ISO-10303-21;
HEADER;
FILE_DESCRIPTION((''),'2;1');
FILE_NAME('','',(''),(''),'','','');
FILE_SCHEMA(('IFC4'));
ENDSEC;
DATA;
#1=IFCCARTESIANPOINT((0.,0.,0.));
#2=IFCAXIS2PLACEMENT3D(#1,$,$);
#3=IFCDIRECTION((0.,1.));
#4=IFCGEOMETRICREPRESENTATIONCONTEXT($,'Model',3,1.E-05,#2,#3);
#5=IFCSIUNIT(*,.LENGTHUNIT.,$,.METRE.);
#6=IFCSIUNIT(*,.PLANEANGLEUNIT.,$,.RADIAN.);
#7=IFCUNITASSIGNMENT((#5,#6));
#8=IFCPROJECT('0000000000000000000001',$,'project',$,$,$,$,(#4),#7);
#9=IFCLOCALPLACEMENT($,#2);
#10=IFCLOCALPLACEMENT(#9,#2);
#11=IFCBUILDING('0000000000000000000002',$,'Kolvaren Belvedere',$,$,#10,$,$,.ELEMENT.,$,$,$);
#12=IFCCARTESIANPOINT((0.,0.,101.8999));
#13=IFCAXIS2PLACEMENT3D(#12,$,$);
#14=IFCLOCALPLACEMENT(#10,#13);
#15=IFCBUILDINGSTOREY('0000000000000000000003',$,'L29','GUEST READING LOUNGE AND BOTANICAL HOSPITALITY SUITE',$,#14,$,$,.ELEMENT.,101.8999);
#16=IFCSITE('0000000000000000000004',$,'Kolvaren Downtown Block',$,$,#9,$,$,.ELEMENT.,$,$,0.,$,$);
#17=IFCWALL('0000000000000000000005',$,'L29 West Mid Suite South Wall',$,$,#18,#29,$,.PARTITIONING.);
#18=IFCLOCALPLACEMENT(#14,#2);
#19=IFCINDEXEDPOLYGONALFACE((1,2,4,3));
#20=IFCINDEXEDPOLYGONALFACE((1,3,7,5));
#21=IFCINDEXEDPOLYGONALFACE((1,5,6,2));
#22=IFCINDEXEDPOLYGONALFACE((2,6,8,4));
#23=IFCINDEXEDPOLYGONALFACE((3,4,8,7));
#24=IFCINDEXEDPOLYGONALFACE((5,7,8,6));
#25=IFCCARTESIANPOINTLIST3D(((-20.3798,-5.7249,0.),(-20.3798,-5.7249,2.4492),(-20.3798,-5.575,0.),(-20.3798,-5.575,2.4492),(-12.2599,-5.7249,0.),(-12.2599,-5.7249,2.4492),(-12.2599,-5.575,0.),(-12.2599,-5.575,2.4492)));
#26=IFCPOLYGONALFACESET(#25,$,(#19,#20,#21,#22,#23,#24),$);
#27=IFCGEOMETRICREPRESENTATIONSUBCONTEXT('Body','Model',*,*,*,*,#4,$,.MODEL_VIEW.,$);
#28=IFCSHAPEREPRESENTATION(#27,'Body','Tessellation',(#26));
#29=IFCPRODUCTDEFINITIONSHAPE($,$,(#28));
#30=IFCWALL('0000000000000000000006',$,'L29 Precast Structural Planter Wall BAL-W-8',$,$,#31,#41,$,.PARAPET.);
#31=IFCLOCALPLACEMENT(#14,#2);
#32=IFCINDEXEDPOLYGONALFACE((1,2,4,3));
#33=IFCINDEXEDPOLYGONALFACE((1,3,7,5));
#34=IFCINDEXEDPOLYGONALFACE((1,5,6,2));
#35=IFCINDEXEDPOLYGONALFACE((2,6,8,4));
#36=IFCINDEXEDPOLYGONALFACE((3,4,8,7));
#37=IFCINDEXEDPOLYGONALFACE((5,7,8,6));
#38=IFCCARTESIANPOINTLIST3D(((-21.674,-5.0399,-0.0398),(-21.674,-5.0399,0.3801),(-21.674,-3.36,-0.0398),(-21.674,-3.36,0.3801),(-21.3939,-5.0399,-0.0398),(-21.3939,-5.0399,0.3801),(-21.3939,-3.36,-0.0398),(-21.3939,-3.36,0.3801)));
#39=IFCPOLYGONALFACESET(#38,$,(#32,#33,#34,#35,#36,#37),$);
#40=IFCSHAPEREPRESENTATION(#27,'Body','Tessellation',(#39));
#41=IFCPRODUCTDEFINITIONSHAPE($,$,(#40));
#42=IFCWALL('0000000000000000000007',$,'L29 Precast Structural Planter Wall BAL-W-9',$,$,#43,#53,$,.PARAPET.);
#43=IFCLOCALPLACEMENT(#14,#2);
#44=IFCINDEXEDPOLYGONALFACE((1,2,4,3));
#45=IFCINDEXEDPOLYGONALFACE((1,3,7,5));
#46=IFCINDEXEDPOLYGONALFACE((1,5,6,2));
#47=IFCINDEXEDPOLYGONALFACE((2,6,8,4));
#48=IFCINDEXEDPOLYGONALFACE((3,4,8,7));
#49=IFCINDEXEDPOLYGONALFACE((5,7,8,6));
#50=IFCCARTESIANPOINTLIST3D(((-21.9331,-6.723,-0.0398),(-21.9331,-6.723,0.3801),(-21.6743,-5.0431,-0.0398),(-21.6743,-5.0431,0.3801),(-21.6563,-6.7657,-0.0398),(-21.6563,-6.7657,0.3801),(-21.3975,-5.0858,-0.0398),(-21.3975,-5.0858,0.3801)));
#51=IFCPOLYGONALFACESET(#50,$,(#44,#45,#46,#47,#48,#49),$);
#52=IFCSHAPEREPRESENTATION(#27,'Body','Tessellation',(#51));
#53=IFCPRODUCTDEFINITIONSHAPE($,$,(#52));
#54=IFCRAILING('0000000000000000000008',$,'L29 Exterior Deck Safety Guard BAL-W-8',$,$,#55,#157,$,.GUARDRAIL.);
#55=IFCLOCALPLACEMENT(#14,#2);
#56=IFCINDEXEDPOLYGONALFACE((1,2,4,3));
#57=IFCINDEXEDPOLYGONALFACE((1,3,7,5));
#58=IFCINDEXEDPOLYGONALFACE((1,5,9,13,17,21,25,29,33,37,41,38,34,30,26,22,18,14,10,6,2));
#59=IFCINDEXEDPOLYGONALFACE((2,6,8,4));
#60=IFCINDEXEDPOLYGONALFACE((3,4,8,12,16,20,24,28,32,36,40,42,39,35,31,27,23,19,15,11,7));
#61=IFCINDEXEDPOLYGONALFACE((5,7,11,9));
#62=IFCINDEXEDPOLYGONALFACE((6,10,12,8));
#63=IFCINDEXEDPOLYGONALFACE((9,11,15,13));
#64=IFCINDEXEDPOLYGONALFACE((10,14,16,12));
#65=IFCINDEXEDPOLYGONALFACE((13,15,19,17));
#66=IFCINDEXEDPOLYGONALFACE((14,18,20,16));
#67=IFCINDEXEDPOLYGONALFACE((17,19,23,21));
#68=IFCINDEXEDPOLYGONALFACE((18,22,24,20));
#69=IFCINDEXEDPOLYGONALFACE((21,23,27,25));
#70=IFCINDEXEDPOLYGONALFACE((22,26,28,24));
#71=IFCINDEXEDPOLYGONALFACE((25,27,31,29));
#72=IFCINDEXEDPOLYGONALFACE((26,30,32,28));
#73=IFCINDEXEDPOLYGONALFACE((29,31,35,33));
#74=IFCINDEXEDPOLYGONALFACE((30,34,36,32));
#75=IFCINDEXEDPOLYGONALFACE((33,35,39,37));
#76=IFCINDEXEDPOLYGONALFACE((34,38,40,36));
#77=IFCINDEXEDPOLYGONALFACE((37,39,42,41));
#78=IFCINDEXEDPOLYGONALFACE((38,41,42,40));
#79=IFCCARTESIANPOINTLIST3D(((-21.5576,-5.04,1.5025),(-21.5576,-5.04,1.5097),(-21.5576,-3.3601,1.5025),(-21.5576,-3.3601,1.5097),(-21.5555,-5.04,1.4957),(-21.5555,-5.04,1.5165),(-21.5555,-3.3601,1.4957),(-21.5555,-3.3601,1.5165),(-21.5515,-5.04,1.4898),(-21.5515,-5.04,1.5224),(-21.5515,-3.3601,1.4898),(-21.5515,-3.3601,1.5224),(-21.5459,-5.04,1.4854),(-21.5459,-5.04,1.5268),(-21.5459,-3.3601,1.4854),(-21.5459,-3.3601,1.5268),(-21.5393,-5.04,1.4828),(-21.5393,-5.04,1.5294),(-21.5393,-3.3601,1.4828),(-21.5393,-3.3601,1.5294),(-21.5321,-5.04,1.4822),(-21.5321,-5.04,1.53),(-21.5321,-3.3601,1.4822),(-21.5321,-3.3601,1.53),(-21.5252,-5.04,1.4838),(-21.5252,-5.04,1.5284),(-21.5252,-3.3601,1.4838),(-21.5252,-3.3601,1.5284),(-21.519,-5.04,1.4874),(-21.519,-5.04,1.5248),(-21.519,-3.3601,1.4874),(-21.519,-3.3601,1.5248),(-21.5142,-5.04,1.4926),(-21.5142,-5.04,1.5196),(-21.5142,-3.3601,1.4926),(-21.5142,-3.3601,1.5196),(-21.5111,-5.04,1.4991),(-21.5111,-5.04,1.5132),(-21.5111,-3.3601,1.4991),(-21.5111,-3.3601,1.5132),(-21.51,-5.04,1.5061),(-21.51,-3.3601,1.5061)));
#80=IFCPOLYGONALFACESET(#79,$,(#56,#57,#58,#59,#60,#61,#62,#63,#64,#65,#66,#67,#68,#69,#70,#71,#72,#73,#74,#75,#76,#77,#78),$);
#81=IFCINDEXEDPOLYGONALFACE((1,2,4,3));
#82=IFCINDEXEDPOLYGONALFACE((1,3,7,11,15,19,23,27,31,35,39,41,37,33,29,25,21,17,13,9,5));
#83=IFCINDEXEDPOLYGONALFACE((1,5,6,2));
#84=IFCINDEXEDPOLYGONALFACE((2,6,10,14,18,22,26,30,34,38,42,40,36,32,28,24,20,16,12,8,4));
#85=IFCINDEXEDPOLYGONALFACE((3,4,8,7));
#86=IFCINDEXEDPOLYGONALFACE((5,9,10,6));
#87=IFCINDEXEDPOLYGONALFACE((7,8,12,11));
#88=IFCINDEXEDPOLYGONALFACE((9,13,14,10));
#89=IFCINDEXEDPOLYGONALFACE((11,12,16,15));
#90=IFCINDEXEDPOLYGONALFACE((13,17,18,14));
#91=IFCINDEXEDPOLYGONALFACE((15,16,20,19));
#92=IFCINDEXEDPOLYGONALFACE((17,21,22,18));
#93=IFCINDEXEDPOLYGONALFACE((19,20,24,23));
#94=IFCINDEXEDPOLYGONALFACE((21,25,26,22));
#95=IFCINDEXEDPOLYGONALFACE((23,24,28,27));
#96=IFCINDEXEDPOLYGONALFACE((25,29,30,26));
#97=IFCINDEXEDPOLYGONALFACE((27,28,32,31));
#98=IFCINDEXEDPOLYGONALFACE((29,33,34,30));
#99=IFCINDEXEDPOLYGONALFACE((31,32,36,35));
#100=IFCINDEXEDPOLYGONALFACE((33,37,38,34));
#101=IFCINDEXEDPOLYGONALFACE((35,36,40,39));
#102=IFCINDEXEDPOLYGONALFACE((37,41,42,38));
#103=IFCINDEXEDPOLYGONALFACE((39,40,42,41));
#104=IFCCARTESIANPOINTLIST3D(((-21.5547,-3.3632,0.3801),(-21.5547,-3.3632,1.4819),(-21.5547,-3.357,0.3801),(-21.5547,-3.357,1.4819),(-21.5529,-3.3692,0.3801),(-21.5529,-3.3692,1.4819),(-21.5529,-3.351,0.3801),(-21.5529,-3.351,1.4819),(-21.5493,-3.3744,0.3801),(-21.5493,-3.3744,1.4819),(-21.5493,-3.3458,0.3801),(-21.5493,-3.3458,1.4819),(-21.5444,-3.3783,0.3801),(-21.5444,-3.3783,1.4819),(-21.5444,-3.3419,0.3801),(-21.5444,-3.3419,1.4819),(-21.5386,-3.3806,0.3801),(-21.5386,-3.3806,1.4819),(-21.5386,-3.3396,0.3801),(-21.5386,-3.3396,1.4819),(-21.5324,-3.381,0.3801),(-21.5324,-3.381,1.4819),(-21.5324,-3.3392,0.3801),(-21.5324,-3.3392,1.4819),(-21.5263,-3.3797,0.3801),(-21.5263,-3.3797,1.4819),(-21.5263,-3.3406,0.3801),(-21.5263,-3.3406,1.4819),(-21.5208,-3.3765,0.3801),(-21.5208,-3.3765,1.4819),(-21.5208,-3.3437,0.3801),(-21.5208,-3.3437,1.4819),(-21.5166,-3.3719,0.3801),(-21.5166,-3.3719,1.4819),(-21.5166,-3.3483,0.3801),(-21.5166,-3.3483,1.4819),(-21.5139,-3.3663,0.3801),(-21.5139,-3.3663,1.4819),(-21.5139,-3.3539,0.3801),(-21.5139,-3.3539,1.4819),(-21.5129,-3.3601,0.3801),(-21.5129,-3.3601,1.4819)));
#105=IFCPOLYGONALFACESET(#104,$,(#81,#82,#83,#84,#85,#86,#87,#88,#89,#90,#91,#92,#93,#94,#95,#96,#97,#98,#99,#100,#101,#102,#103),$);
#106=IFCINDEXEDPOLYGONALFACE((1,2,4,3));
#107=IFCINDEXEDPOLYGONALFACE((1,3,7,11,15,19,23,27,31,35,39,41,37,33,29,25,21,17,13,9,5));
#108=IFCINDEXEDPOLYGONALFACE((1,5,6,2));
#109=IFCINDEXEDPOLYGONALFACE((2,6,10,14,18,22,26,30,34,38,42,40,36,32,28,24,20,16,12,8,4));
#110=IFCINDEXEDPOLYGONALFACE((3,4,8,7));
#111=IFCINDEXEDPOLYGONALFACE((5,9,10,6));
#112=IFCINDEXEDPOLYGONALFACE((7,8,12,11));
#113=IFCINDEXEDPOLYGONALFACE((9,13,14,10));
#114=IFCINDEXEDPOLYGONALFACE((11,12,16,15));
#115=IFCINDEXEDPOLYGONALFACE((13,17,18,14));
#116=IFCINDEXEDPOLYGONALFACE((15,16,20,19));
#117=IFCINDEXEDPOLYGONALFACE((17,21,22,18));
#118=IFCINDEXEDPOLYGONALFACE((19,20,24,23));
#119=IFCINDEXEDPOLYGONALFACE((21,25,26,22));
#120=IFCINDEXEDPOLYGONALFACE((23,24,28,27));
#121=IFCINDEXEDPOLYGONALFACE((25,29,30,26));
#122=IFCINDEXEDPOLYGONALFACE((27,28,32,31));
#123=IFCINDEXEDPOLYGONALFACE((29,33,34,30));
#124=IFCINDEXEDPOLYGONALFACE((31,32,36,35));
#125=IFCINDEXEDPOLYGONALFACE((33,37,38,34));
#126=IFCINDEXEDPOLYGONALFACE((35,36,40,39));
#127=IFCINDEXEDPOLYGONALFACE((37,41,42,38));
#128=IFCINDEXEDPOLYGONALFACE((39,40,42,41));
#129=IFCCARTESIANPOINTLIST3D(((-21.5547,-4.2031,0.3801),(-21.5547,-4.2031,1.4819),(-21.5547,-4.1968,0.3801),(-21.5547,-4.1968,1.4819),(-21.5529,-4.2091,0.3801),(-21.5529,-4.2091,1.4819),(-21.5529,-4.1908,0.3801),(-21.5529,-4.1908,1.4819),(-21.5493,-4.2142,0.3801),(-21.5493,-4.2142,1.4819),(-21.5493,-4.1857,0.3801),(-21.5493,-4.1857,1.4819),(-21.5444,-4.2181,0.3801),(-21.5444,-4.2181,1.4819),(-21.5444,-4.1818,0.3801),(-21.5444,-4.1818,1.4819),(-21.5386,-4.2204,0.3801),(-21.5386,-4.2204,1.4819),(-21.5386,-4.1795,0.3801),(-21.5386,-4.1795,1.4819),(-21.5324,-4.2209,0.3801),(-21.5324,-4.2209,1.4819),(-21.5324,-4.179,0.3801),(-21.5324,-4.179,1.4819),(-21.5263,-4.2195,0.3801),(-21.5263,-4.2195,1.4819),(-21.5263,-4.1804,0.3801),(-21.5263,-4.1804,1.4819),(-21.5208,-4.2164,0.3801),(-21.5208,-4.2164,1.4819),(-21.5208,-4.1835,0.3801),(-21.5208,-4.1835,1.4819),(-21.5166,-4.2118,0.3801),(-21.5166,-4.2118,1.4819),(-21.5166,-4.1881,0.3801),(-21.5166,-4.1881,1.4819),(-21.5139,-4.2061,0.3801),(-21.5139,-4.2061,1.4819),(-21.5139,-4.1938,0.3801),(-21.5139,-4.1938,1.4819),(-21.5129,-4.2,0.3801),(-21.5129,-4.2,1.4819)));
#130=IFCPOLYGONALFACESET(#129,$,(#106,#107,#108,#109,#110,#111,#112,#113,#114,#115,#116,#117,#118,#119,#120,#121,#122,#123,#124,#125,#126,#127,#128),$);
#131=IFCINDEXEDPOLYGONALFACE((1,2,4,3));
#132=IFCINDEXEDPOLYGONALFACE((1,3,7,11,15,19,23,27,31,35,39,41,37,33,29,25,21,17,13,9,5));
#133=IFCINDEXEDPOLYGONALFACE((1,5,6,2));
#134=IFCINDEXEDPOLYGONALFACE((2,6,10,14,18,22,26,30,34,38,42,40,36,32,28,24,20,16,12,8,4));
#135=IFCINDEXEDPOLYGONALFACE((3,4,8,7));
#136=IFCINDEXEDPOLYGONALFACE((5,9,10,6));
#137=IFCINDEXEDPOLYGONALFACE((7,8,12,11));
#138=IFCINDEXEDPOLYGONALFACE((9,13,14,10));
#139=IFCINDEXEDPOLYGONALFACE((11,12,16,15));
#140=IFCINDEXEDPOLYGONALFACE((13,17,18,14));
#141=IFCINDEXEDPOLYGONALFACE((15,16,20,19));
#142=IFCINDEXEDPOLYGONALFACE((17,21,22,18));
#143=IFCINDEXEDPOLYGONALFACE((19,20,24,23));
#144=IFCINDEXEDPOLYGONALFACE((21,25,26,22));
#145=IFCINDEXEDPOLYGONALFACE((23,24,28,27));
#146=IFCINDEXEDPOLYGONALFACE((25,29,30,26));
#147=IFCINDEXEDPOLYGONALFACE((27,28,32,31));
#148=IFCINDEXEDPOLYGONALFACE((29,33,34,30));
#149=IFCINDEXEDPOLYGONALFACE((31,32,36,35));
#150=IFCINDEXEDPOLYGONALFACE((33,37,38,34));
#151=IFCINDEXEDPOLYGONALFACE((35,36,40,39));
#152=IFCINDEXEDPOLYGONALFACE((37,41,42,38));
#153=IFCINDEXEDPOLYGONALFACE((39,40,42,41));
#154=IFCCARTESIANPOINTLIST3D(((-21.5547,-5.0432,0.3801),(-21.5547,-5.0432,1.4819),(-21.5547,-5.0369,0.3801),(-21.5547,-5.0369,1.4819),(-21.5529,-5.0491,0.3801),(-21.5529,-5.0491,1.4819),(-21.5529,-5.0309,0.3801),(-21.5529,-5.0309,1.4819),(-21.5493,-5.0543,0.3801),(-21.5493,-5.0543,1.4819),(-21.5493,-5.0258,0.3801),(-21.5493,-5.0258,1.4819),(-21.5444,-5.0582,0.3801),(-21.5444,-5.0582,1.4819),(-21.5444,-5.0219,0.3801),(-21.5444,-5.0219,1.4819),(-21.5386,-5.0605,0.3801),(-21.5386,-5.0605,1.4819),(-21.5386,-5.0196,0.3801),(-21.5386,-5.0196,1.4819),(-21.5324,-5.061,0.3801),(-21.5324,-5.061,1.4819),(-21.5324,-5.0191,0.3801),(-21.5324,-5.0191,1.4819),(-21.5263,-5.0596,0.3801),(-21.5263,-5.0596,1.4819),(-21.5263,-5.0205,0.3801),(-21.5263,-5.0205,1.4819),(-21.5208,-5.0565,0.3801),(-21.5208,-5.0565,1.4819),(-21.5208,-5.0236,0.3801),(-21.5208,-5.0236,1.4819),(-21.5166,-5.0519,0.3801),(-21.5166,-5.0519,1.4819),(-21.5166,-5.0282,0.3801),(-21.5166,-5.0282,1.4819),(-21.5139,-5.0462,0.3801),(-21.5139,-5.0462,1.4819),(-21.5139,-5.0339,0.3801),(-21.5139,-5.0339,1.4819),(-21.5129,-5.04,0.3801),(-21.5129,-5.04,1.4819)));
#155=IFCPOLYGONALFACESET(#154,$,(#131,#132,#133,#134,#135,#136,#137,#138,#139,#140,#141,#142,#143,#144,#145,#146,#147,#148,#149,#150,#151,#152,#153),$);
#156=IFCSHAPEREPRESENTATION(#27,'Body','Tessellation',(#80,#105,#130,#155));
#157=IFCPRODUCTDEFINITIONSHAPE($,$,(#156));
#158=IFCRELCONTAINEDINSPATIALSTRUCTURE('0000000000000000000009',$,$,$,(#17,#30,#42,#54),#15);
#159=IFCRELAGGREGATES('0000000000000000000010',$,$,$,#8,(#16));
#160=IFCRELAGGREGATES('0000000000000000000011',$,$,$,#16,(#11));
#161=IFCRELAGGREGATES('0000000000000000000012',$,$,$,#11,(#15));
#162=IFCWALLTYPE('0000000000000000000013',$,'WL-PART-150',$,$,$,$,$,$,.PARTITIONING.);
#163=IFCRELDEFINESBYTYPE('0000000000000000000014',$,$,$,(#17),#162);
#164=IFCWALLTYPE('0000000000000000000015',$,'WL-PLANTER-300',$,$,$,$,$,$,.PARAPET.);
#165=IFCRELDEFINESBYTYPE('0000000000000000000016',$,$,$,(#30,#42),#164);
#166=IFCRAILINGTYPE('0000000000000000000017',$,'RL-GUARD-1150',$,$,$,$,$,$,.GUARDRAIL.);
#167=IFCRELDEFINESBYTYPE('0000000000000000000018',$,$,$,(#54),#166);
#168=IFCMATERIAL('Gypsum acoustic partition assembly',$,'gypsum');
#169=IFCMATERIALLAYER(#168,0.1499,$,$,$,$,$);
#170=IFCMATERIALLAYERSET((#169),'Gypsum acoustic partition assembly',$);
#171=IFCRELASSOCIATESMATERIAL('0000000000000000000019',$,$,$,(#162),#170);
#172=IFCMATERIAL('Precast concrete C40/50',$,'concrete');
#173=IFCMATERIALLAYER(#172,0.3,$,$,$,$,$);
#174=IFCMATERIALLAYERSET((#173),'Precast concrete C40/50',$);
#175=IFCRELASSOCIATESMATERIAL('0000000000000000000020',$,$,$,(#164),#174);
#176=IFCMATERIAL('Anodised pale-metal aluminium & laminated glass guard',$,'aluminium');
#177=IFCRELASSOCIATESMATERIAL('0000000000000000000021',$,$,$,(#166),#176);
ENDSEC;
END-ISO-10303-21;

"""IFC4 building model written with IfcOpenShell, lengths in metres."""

from ifc_helpers import new_model, si_unit, direction, frame, frame_2d, origin, origin_2d, place, context, subcontext, project, spatial, rectangle, circle, extrude, material, layer, layer_set, type_object, element, save


model = new_model("IFC4")

# Units and contexts
model_context = context("Model", 3, precision=1e-05, world=origin(), true_north=direction((0.0, 1.0)))
body_context = subcontext(model_context, "Body", "Model", "MODEL_VIEW")
ifc_project = project(units=[si_unit("LENGTHUNIT", "METRE"), si_unit("PLANEANGLEUNIT", "RADIAN")], contexts=[model_context])

# Site, building, storey
site_placement = place(None, origin())
site = spatial("IfcSite", under=ifc_project, at=site_placement, Name="Kolvaren Downtown Block", CompositionType="ELEMENT", RefElevation=0.0)
building_placement = place(site_placement, origin())
building = spatial("IfcBuilding", under=site, at=building_placement, Name="Kolvaren Belvedere", CompositionType="ELEMENT")
storey_placement = place(building_placement, frame((0.0, 0.0, 101.8999)))
storey = spatial("IfcBuildingStorey", under=building, at=storey_placement, Name="L29", Description="GUEST READING LOUNGE AND BOTANICAL HOSPITALITY SUITE", CompositionType="ELEMENT", Elevation=101.8999)

# Walls
ifc_material_1 = material(Name="Gypsum acoustic partition assembly", Category="gypsum")
ifc_layer_1 = layer(ifc_material_1, 0.1499)
ifc_layer_set_1 = layer_set([ifc_layer_1], Name="Gypsum acoustic partition assembly")
wall_type_1 = type_object("IfcWallType", Name="WL-PART-150", PredefinedType="PARTITIONING", material=ifc_layer_set_1)
wall_1_placement = place(storey_placement, frame((-20.3799, -5.6499, 0.0), z_axis=(0.0, 0.0, 1.0), x_axis=(1.0, 0.0, 0.0)))
element("IfcWall", 1, at=wall_1_placement, inside=storey, type_object=wall_type_1, Name="L29 West Mid Suite South Wall", PredefinedType="PARTITIONING", context=body_context, shape_type="SweptSolid", body=[
    extrude(rectangle(XDim=8.1199, YDim=0.1499, at=frame_2d((4.0601, 0.0))), origin(), (0.0, 0.0, 1.0), 2.4492),
])
ifc_material_2 = material(Name="Precast concrete C40/50", Category="concrete")
ifc_layer_2 = layer(ifc_material_2, 0.3)
ifc_layer_set_2 = layer_set([ifc_layer_2], Name="Precast concrete C40/50")
wall_type_2 = type_object("IfcWallType", Name="WL-PLANTER-300", PredefinedType="PARAPET", material=ifc_layer_set_2)
wall_2_placement = place(storey_placement, frame((-21.5339, -3.3601, -0.0398), z_axis=(0.0, 0.0, 1.0), x_axis=(0.0, -1.0, 0.0)))
element("IfcWall", 2, at=wall_2_placement, inside=storey, type_object=wall_type_2, Name="L29 Precast Structural Planter Wall BAL-W-8", PredefinedType="PARAPET", context=body_context, shape_type="SweptSolid", body=[
    extrude(rectangle(XDim=1.6799, YDim=0.28, at=frame_2d((0.8398, 0.0))), origin(), (0.0, 0.0, 1.0), 0.4199),
])
wall_3_placement = place(storey_placement, frame((-21.5359, -5.0645, -0.0398), z_axis=(0.0, 0.0, 1.0), x_axis=(-0.152251, -0.988342, 0.0)))
element("IfcWall", 3, at=wall_3_placement, inside=storey, type_object=wall_type_2, Name="L29 Precast Structural Planter Wall BAL-W-9", PredefinedType="PARAPET", context=body_context, shape_type="SweptSolid", body=[
    extrude(rectangle(XDim=1.6997, YDim=0.28, at=frame_2d((0.8499, 0.0))), origin(), (0.0, 0.0, 1.0), 0.4199),
])

# Railing
ifc_material_3 = material(Name="Anodised pale-metal aluminium & laminated glass guard", Category="aluminium")
railing_type = type_object("IfcRailingType", Name="RL-GUARD-1150", PredefinedType="GUARDRAIL", material=ifc_material_3)
railing_1_placement = place(storey_placement, frame((-21.5339, -3.3601, 0.3801)))
element("IfcRailing", 4, at=railing_1_placement, inside=storey, type_object=railing_type, Name="L29 Exterior Deck Safety Guard BAL-W-8", PredefinedType="GUARDRAIL", context=body_context, shape_type="SweptSolid", body=[
    extrude(circle(Radius=0.0239, at=origin_2d()), frame((0.0, 0.0, 1.126), z_axis=(0.0, -1.0, 0.0), x_axis=(1.0, 0.0, 0.0)), (0.0, 0.0, 1.0), 1.6799),
    extrude(circle(Radius=0.021, at=origin_2d()), origin(), (0.0, 0.0, 1.0), 1.1018),
    extrude(circle(Radius=0.021, at=origin_2d()), frame((0.0, -0.8398, 0.0)), (0.0, 0.0, 1.0), 1.1018),
    extrude(circle(Radius=0.021, at=origin_2d()), frame((0.0, -1.6799, 0.0)), (0.0, 0.0, 1.0), 1.1018),
])

save(model, "model.ifc")
